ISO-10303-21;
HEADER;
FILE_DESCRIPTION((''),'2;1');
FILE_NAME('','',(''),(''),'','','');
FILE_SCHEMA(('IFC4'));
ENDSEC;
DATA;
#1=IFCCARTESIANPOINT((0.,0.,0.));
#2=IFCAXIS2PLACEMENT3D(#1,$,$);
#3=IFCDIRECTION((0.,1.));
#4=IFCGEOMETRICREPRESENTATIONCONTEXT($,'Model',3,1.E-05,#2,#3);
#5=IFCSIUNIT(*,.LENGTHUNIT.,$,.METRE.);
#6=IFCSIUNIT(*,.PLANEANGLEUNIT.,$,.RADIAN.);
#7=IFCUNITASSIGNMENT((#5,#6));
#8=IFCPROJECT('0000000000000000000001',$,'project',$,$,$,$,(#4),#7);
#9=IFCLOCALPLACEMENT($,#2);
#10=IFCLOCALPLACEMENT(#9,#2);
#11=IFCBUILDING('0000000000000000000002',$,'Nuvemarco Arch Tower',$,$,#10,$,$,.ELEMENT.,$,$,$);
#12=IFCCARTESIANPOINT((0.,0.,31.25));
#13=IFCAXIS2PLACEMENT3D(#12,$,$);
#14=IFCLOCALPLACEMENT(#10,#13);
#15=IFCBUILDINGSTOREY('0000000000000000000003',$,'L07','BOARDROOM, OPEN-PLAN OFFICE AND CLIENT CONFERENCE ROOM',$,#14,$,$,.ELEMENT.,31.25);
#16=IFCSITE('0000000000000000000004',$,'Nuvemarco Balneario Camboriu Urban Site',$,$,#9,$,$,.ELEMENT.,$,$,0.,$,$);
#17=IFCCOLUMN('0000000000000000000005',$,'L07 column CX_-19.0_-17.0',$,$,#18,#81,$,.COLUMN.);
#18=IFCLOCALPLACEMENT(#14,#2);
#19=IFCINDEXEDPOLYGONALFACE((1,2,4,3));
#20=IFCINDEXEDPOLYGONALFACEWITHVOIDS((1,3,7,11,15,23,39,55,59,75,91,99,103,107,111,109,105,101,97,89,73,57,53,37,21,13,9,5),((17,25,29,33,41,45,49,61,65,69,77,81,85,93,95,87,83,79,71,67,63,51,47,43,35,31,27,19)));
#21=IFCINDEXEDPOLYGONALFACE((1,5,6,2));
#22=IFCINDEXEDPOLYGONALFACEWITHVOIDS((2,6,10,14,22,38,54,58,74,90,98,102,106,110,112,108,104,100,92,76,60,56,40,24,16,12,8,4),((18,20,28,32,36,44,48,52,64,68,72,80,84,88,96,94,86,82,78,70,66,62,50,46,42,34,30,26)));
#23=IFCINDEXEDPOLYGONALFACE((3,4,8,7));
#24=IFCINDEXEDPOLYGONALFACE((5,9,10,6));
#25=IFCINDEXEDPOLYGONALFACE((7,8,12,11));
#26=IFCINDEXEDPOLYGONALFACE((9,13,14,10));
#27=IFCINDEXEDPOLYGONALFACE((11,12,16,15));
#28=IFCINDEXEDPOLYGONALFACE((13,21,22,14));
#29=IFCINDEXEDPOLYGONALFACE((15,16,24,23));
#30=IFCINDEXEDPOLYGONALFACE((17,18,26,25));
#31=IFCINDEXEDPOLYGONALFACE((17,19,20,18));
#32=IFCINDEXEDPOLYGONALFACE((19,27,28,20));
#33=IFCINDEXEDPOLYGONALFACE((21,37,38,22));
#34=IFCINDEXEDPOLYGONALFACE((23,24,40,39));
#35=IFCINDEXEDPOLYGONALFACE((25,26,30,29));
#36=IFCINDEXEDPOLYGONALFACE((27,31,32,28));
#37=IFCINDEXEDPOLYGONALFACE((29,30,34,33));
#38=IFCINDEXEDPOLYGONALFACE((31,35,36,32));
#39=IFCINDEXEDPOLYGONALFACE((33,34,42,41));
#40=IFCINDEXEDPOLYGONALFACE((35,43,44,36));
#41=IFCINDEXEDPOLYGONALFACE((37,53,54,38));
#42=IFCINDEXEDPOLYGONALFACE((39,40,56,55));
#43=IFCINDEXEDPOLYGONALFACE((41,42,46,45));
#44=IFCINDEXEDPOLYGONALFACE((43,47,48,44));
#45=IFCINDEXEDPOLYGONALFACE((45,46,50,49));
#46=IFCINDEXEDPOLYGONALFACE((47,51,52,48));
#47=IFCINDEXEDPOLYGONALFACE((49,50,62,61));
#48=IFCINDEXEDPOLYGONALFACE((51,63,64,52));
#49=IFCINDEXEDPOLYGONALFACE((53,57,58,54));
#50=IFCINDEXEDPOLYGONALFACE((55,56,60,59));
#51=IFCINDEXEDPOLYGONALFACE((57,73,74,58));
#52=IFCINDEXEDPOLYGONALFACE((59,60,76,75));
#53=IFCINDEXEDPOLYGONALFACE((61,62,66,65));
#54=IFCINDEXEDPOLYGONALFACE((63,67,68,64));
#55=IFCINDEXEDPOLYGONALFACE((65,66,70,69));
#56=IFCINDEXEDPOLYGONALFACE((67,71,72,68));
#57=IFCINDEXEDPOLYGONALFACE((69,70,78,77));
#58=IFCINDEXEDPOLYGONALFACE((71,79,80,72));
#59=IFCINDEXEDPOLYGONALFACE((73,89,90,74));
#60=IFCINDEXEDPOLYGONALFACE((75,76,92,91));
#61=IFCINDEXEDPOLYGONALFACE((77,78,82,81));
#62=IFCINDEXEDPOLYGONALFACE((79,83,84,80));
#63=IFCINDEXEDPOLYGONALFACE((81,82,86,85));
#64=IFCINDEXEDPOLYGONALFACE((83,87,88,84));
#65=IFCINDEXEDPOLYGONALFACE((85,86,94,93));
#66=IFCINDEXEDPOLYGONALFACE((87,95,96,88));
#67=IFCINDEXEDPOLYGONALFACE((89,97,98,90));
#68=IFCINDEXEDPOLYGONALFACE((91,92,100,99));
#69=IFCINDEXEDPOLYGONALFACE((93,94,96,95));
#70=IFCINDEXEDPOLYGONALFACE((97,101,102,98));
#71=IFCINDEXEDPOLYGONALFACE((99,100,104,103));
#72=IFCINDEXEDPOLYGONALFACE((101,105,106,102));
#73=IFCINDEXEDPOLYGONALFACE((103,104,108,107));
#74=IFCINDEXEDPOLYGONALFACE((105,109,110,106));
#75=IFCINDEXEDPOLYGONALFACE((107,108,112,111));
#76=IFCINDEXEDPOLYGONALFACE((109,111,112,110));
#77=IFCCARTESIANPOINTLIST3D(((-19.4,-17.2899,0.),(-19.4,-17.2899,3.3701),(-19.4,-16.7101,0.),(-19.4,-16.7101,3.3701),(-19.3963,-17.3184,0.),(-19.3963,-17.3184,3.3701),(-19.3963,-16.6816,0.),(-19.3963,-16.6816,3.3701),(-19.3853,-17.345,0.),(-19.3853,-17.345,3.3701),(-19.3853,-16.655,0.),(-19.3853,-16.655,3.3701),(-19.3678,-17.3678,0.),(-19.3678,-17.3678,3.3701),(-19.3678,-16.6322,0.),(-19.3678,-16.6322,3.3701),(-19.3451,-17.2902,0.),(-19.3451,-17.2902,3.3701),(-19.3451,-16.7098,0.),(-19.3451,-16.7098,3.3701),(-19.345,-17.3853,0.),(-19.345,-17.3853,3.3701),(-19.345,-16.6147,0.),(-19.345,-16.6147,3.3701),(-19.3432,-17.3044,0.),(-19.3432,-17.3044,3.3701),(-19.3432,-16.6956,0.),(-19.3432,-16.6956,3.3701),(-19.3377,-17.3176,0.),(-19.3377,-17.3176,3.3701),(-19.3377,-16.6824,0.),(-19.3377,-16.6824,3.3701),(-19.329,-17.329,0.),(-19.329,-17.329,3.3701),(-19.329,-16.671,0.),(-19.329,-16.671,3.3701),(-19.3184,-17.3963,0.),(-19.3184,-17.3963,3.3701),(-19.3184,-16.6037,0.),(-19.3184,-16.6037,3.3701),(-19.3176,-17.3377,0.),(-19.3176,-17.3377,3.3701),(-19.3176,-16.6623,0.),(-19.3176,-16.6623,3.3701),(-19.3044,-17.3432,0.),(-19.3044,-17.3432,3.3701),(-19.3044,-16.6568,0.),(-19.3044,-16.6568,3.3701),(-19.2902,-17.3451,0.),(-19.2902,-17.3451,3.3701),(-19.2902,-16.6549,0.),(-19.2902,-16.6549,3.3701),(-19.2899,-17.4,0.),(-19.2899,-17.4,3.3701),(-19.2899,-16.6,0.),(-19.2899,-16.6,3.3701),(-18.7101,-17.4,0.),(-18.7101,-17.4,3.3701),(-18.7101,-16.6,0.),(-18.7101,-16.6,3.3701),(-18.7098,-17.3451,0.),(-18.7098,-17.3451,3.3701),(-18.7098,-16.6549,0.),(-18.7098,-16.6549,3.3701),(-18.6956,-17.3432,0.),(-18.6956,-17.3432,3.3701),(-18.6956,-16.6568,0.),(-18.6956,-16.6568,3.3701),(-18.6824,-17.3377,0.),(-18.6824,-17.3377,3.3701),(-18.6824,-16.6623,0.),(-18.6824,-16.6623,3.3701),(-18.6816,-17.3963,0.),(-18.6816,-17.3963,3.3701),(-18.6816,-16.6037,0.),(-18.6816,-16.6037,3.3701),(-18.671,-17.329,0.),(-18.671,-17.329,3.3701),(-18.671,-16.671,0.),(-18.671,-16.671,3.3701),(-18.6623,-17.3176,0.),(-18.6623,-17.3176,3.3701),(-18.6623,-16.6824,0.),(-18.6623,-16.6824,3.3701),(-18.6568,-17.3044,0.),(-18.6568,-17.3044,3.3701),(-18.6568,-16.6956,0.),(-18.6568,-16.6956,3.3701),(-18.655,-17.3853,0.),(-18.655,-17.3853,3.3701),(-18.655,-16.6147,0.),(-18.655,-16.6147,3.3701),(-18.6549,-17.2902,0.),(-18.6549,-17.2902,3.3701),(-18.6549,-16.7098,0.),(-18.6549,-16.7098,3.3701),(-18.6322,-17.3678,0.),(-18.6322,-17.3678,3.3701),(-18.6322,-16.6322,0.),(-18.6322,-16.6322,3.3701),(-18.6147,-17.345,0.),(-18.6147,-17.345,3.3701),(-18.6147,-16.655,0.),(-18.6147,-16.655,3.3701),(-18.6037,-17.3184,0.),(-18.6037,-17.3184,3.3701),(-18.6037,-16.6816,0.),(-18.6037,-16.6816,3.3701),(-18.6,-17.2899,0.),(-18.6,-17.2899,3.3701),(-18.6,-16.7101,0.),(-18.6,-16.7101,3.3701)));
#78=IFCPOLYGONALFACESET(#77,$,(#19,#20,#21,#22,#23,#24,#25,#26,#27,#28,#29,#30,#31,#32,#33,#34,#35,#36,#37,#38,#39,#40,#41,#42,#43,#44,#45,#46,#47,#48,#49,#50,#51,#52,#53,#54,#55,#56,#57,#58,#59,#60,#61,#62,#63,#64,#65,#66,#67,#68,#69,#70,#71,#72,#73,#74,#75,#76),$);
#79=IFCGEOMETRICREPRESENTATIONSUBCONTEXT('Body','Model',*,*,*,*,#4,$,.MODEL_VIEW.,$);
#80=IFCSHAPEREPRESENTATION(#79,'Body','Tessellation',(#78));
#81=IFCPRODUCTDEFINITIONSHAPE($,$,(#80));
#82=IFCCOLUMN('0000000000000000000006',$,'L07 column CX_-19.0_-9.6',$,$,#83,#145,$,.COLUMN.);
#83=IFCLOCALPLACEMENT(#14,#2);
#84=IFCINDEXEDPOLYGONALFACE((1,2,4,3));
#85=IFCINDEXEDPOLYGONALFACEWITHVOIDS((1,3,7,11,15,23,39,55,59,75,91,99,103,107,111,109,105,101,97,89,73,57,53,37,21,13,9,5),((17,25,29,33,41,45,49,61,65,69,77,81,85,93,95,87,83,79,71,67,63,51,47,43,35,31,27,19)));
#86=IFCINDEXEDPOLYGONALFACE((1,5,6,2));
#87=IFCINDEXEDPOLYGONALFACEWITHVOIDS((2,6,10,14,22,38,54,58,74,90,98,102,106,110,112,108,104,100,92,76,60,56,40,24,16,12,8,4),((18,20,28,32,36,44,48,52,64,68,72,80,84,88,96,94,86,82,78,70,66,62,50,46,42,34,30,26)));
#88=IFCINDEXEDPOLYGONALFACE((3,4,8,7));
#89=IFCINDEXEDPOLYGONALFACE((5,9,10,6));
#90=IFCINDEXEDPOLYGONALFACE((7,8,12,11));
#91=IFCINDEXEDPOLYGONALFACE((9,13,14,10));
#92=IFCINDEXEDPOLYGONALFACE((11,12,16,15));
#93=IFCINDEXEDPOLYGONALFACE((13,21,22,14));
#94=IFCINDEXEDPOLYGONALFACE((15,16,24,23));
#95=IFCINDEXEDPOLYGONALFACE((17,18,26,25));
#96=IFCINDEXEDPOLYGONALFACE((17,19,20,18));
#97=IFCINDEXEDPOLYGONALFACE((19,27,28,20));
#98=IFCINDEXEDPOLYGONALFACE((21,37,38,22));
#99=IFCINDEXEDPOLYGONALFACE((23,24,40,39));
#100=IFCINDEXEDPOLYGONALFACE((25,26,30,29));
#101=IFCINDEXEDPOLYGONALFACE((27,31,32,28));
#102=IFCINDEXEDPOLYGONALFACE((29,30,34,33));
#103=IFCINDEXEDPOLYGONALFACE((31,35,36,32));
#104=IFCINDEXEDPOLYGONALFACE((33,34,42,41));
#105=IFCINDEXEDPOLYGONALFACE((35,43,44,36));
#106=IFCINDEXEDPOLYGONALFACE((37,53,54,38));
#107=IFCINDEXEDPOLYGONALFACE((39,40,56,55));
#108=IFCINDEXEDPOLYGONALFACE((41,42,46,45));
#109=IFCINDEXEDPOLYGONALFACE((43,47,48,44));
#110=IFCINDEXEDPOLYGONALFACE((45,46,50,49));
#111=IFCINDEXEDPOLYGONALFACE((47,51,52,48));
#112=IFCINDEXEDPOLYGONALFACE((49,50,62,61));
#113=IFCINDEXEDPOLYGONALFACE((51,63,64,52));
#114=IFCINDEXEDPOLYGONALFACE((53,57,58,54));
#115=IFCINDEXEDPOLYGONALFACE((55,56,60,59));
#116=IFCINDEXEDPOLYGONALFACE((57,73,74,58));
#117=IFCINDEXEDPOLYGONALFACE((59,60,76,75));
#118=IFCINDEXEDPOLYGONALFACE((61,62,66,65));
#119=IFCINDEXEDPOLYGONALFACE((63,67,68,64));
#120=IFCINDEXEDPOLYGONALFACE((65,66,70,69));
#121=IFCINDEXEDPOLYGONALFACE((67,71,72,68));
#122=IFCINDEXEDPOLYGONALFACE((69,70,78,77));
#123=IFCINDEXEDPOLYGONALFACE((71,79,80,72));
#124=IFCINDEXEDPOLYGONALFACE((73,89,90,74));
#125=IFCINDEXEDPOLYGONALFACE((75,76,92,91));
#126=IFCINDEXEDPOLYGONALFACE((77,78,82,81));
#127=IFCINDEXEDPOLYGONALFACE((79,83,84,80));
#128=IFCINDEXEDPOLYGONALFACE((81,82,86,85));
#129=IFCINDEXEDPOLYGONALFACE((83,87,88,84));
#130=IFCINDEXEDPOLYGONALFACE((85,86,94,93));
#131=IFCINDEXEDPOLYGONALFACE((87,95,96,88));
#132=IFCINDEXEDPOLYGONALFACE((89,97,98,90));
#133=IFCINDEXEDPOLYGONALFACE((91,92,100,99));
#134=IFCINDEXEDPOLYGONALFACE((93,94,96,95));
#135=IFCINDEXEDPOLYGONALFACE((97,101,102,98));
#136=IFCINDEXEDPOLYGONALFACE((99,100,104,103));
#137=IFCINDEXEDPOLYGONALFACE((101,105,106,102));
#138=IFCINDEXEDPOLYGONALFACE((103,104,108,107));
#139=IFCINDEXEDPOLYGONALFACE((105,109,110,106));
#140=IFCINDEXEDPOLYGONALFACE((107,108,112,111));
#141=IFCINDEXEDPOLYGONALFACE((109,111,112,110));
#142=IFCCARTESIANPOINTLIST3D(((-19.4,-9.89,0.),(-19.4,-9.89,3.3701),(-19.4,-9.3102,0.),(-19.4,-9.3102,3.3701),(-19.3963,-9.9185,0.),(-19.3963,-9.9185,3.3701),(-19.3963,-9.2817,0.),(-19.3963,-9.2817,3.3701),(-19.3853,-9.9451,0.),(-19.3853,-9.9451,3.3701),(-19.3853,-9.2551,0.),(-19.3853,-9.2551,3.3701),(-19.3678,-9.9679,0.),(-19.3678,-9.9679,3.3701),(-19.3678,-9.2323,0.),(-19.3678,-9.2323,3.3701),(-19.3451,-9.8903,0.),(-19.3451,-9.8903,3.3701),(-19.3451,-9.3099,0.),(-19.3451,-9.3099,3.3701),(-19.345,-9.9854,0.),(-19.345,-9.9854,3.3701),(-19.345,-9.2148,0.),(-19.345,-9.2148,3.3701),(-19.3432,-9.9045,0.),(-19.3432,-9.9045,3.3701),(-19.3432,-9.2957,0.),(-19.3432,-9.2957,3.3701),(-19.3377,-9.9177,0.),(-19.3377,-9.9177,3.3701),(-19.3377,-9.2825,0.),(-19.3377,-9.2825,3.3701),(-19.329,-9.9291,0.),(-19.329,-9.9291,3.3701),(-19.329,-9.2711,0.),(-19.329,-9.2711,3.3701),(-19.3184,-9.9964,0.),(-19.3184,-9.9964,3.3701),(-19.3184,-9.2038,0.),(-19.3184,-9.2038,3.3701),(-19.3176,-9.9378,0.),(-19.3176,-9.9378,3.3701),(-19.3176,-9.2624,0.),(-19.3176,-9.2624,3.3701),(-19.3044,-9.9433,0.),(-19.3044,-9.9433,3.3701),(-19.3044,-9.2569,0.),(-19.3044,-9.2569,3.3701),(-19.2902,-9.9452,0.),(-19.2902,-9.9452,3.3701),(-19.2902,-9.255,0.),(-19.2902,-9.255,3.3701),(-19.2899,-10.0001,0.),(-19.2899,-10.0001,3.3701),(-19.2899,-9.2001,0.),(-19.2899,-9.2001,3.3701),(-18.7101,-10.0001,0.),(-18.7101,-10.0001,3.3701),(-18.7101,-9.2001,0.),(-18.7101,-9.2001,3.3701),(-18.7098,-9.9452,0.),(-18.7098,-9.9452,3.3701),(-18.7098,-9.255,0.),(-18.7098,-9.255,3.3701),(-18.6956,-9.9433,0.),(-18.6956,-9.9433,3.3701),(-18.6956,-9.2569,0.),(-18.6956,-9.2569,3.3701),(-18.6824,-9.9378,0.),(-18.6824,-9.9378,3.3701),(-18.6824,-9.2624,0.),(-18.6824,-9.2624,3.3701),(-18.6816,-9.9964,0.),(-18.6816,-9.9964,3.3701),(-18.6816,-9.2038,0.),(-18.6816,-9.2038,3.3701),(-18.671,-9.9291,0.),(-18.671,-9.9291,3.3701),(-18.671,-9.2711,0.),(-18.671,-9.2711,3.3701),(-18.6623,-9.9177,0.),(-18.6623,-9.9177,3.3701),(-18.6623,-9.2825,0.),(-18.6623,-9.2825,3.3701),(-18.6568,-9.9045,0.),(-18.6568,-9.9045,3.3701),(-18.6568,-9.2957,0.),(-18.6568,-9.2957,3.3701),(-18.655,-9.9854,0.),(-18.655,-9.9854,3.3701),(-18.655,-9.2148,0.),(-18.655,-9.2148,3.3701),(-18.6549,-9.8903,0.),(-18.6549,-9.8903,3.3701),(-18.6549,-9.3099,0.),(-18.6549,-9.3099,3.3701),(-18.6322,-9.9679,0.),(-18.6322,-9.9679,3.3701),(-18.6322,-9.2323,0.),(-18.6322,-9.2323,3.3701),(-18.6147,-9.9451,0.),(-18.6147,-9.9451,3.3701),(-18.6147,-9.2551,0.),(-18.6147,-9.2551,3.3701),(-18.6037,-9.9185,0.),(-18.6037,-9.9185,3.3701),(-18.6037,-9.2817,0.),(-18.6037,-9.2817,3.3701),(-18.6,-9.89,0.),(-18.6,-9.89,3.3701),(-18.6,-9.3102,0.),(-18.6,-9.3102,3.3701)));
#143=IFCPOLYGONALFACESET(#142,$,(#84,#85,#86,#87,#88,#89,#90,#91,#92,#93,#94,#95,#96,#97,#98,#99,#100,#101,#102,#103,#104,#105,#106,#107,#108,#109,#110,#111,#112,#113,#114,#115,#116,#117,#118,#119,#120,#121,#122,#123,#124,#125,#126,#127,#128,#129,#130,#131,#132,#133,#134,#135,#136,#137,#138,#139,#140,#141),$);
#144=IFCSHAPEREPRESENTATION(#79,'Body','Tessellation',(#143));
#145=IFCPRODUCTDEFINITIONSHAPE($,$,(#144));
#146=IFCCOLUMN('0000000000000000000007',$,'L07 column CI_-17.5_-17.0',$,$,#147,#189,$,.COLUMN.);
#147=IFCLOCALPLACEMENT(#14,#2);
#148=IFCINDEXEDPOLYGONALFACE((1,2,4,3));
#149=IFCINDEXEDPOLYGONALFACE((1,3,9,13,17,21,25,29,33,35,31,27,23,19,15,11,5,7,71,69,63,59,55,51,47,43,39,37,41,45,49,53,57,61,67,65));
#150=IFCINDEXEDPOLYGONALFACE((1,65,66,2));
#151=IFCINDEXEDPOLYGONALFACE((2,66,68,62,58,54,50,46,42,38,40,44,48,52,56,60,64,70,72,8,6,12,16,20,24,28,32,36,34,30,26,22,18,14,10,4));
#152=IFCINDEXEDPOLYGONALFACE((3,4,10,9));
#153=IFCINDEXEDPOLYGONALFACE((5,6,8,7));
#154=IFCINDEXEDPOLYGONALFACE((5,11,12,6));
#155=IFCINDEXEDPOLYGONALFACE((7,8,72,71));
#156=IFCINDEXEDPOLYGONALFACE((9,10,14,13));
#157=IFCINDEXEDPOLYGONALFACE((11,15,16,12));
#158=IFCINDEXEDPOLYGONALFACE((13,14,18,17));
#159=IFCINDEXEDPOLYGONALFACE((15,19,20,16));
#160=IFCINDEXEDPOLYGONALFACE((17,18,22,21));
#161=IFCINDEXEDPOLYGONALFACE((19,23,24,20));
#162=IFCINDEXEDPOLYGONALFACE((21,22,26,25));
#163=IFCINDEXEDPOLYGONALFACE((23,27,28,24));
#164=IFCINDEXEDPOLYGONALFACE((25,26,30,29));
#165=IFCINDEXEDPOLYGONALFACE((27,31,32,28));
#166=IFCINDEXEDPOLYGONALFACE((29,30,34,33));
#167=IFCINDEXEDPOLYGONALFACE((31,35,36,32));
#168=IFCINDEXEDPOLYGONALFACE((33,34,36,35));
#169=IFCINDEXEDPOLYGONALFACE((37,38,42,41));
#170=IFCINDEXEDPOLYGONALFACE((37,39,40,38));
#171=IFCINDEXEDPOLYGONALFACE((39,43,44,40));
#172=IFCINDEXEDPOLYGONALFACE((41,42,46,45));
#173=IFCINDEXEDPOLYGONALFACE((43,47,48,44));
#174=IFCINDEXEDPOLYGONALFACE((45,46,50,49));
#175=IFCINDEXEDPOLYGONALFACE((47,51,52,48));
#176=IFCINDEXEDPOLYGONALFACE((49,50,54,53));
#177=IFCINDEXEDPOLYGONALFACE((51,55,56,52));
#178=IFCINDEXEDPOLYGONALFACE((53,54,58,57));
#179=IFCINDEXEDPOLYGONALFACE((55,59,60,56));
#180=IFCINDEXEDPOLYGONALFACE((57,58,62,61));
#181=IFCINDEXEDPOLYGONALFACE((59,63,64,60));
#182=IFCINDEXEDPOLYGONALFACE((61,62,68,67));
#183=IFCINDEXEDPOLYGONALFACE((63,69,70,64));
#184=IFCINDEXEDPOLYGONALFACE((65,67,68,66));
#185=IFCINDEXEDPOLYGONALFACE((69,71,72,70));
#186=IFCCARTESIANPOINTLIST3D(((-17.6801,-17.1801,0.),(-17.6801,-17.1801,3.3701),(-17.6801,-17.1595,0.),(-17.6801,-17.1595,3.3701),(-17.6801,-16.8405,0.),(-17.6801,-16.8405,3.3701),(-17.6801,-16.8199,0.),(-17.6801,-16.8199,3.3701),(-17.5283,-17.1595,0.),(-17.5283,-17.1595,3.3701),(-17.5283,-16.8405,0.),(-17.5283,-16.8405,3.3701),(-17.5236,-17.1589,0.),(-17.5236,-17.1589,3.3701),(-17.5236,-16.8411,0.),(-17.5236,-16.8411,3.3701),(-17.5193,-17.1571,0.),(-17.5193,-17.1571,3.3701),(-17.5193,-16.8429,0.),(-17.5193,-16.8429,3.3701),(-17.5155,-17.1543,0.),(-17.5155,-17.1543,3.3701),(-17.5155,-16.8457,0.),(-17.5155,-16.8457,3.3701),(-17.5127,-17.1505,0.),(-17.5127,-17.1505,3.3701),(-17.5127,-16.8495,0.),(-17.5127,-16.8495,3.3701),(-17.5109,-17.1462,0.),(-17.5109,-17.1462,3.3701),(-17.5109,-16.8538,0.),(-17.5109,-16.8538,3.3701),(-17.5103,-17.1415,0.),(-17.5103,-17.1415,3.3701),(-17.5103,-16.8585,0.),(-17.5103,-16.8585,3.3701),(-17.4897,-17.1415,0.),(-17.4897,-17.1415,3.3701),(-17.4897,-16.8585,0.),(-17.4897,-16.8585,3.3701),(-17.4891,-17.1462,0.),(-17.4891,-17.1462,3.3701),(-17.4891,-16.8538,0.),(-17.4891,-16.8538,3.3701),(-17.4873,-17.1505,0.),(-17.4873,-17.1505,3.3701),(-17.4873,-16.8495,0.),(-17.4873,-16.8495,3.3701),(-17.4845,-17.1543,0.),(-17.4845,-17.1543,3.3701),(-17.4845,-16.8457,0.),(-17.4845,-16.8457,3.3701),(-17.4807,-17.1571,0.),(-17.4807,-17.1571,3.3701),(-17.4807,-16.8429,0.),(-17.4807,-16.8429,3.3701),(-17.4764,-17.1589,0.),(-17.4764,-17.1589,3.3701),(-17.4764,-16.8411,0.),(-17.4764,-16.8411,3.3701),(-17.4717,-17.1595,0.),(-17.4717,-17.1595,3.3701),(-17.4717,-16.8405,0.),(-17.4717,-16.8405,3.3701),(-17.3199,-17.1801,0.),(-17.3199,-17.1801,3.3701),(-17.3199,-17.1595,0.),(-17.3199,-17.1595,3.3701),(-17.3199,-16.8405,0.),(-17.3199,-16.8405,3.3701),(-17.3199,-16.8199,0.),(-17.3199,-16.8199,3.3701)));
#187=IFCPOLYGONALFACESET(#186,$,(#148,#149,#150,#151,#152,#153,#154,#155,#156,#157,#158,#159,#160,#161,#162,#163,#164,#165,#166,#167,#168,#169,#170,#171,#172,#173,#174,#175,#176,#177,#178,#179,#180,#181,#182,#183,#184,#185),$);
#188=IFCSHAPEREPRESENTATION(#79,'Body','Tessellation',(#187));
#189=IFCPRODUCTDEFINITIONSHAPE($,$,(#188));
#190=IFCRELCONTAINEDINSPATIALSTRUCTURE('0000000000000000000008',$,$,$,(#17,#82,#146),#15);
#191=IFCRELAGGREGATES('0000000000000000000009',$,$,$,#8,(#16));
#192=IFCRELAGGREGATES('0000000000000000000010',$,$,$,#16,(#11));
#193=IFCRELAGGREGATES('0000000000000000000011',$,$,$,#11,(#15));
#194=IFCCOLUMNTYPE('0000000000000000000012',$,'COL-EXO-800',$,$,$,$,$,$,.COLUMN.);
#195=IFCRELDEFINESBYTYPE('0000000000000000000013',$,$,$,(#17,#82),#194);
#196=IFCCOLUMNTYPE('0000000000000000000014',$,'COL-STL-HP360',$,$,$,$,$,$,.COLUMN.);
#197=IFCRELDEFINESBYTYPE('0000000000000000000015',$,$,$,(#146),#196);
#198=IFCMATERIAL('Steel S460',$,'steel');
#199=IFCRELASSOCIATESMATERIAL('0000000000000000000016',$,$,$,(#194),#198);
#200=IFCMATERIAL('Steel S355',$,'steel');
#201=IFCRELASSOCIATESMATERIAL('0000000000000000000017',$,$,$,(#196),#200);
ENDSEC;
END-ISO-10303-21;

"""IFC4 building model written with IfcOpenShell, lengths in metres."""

from ifc_helpers import new_model, si_unit, direction, frame, origin, origin_2d, place, context, subcontext, project, spatial, hollow_rectangle, i_section, extrude, material, material_profile, profile_set, type_object, element, save


model = new_model("IFC4")

# Units and contexts
model_context = context("Model", 3, precision=1e-05, world=origin(), true_north=direction((0.0, 1.0)))
body_context = subcontext(model_context, "Body", "Model", "MODEL_VIEW")
ifc_project = project(units=[si_unit("LENGTHUNIT", "METRE"), si_unit("PLANEANGLEUNIT", "RADIAN")], contexts=[model_context])

# Site, building, storey
site_placement = place(None, origin())
site = spatial("IfcSite", under=ifc_project, at=site_placement, Name="Nuvemarco Balneario Camboriu Urban Site", CompositionType="ELEMENT", RefElevation=0.0)
building_placement = place(site_placement, origin())
building = spatial("IfcBuilding", under=site, at=building_placement, Name="Nuvemarco Arch Tower", CompositionType="ELEMENT")
storey_placement = place(building_placement, frame((0.0, 0.0, 31.25)))
storey = spatial("IfcBuildingStorey", under=building, at=storey_placement, Name="L07", Description="BOARDROOM, OPEN-PLAN OFFICE AND CLIENT CONFERENCE ROOM", CompositionType="ELEMENT", Elevation=31.25)

# Columns
ifc_material_1 = material(Name="Steel S460", Category="steel")
ifc_material_profile_1 = material_profile(ifc_material_1, hollow_rectangle(XDim=0.8, YDim=0.8, WallThickness=0.0549, InnerFilletRadius=0.0549, OuterFilletRadius=0.1101, at=origin_2d()), Name="SHS800x800x55")
ifc_profile_set_1 = profile_set([ifc_material_profile_1], Name="Steel S460")
column_type_1 = type_object("IfcColumnType", Name="COL-EXO-800", PredefinedType="COLUMN", material=ifc_profile_set_1)
for number, where, z_axis, x_axis, name in (
    (1, (-19.0, -17.0, 0.0), (0.0, 0.0, 1.0), (1.0, 0.0, 0.0), "L07 column CX_-19.0_-17.0"),
    (2, (-19.0, -9.6001, 0.0), (0.0, 0.0, 1.0), (1.0, 0.0, 0.0), "L07 column CX_-19.0_-9.6"),
):
    element("IfcColumn", number, at=place(storey_placement, frame(where, z_axis=z_axis, x_axis=x_axis)), inside=storey, type_object=column_type_1, Name=name, PredefinedType="COLUMN", context=body_context, shape_type="SweptSolid", body=[
        extrude(hollow_rectangle(XDim=0.8, YDim=0.8, WallThickness=0.0549, InnerFilletRadius=0.0549, OuterFilletRadius=0.1101, at=origin_2d()), origin(), (0.0, 0.0, 1.0), 3.3701),
    ])
ifc_material_2 = material(Name="Steel S355", Category="steel")
ifc_material_profile_2 = material_profile(ifc_material_2, i_section(OverallWidth=0.3601, OverallDepth=0.3601, WebThickness=0.0205, FlangeThickness=0.0205, FilletRadius=0.0181, at=origin_2d()), Name="HP360x174")
ifc_profile_set_2 = profile_set([ifc_material_profile_2], Name="Steel S355")
column_type_2 = type_object("IfcColumnType", Name="COL-STL-HP360", PredefinedType="COLUMN", material=ifc_profile_set_2)
column_placement = place(storey_placement, frame((-17.5, -17.0, 0.0), z_axis=(0.0, 0.0, 1.0), x_axis=(1.0, 0.0, 0.0)))
element("IfcColumn", 3, at=column_placement, inside=storey, type_object=column_type_2, Name="L07 column CI_-17.5_-17.0", PredefinedType="COLUMN", context=body_context, shape_type="SweptSolid", body=[
    extrude(i_section(OverallWidth=0.3601, OverallDepth=0.3601, WebThickness=0.0205, FlangeThickness=0.0205, FilletRadius=0.0181, at=origin_2d()), origin(), (0.0, 0.0, 1.0), 3.3701),
])

save(model, "model.ifc")
